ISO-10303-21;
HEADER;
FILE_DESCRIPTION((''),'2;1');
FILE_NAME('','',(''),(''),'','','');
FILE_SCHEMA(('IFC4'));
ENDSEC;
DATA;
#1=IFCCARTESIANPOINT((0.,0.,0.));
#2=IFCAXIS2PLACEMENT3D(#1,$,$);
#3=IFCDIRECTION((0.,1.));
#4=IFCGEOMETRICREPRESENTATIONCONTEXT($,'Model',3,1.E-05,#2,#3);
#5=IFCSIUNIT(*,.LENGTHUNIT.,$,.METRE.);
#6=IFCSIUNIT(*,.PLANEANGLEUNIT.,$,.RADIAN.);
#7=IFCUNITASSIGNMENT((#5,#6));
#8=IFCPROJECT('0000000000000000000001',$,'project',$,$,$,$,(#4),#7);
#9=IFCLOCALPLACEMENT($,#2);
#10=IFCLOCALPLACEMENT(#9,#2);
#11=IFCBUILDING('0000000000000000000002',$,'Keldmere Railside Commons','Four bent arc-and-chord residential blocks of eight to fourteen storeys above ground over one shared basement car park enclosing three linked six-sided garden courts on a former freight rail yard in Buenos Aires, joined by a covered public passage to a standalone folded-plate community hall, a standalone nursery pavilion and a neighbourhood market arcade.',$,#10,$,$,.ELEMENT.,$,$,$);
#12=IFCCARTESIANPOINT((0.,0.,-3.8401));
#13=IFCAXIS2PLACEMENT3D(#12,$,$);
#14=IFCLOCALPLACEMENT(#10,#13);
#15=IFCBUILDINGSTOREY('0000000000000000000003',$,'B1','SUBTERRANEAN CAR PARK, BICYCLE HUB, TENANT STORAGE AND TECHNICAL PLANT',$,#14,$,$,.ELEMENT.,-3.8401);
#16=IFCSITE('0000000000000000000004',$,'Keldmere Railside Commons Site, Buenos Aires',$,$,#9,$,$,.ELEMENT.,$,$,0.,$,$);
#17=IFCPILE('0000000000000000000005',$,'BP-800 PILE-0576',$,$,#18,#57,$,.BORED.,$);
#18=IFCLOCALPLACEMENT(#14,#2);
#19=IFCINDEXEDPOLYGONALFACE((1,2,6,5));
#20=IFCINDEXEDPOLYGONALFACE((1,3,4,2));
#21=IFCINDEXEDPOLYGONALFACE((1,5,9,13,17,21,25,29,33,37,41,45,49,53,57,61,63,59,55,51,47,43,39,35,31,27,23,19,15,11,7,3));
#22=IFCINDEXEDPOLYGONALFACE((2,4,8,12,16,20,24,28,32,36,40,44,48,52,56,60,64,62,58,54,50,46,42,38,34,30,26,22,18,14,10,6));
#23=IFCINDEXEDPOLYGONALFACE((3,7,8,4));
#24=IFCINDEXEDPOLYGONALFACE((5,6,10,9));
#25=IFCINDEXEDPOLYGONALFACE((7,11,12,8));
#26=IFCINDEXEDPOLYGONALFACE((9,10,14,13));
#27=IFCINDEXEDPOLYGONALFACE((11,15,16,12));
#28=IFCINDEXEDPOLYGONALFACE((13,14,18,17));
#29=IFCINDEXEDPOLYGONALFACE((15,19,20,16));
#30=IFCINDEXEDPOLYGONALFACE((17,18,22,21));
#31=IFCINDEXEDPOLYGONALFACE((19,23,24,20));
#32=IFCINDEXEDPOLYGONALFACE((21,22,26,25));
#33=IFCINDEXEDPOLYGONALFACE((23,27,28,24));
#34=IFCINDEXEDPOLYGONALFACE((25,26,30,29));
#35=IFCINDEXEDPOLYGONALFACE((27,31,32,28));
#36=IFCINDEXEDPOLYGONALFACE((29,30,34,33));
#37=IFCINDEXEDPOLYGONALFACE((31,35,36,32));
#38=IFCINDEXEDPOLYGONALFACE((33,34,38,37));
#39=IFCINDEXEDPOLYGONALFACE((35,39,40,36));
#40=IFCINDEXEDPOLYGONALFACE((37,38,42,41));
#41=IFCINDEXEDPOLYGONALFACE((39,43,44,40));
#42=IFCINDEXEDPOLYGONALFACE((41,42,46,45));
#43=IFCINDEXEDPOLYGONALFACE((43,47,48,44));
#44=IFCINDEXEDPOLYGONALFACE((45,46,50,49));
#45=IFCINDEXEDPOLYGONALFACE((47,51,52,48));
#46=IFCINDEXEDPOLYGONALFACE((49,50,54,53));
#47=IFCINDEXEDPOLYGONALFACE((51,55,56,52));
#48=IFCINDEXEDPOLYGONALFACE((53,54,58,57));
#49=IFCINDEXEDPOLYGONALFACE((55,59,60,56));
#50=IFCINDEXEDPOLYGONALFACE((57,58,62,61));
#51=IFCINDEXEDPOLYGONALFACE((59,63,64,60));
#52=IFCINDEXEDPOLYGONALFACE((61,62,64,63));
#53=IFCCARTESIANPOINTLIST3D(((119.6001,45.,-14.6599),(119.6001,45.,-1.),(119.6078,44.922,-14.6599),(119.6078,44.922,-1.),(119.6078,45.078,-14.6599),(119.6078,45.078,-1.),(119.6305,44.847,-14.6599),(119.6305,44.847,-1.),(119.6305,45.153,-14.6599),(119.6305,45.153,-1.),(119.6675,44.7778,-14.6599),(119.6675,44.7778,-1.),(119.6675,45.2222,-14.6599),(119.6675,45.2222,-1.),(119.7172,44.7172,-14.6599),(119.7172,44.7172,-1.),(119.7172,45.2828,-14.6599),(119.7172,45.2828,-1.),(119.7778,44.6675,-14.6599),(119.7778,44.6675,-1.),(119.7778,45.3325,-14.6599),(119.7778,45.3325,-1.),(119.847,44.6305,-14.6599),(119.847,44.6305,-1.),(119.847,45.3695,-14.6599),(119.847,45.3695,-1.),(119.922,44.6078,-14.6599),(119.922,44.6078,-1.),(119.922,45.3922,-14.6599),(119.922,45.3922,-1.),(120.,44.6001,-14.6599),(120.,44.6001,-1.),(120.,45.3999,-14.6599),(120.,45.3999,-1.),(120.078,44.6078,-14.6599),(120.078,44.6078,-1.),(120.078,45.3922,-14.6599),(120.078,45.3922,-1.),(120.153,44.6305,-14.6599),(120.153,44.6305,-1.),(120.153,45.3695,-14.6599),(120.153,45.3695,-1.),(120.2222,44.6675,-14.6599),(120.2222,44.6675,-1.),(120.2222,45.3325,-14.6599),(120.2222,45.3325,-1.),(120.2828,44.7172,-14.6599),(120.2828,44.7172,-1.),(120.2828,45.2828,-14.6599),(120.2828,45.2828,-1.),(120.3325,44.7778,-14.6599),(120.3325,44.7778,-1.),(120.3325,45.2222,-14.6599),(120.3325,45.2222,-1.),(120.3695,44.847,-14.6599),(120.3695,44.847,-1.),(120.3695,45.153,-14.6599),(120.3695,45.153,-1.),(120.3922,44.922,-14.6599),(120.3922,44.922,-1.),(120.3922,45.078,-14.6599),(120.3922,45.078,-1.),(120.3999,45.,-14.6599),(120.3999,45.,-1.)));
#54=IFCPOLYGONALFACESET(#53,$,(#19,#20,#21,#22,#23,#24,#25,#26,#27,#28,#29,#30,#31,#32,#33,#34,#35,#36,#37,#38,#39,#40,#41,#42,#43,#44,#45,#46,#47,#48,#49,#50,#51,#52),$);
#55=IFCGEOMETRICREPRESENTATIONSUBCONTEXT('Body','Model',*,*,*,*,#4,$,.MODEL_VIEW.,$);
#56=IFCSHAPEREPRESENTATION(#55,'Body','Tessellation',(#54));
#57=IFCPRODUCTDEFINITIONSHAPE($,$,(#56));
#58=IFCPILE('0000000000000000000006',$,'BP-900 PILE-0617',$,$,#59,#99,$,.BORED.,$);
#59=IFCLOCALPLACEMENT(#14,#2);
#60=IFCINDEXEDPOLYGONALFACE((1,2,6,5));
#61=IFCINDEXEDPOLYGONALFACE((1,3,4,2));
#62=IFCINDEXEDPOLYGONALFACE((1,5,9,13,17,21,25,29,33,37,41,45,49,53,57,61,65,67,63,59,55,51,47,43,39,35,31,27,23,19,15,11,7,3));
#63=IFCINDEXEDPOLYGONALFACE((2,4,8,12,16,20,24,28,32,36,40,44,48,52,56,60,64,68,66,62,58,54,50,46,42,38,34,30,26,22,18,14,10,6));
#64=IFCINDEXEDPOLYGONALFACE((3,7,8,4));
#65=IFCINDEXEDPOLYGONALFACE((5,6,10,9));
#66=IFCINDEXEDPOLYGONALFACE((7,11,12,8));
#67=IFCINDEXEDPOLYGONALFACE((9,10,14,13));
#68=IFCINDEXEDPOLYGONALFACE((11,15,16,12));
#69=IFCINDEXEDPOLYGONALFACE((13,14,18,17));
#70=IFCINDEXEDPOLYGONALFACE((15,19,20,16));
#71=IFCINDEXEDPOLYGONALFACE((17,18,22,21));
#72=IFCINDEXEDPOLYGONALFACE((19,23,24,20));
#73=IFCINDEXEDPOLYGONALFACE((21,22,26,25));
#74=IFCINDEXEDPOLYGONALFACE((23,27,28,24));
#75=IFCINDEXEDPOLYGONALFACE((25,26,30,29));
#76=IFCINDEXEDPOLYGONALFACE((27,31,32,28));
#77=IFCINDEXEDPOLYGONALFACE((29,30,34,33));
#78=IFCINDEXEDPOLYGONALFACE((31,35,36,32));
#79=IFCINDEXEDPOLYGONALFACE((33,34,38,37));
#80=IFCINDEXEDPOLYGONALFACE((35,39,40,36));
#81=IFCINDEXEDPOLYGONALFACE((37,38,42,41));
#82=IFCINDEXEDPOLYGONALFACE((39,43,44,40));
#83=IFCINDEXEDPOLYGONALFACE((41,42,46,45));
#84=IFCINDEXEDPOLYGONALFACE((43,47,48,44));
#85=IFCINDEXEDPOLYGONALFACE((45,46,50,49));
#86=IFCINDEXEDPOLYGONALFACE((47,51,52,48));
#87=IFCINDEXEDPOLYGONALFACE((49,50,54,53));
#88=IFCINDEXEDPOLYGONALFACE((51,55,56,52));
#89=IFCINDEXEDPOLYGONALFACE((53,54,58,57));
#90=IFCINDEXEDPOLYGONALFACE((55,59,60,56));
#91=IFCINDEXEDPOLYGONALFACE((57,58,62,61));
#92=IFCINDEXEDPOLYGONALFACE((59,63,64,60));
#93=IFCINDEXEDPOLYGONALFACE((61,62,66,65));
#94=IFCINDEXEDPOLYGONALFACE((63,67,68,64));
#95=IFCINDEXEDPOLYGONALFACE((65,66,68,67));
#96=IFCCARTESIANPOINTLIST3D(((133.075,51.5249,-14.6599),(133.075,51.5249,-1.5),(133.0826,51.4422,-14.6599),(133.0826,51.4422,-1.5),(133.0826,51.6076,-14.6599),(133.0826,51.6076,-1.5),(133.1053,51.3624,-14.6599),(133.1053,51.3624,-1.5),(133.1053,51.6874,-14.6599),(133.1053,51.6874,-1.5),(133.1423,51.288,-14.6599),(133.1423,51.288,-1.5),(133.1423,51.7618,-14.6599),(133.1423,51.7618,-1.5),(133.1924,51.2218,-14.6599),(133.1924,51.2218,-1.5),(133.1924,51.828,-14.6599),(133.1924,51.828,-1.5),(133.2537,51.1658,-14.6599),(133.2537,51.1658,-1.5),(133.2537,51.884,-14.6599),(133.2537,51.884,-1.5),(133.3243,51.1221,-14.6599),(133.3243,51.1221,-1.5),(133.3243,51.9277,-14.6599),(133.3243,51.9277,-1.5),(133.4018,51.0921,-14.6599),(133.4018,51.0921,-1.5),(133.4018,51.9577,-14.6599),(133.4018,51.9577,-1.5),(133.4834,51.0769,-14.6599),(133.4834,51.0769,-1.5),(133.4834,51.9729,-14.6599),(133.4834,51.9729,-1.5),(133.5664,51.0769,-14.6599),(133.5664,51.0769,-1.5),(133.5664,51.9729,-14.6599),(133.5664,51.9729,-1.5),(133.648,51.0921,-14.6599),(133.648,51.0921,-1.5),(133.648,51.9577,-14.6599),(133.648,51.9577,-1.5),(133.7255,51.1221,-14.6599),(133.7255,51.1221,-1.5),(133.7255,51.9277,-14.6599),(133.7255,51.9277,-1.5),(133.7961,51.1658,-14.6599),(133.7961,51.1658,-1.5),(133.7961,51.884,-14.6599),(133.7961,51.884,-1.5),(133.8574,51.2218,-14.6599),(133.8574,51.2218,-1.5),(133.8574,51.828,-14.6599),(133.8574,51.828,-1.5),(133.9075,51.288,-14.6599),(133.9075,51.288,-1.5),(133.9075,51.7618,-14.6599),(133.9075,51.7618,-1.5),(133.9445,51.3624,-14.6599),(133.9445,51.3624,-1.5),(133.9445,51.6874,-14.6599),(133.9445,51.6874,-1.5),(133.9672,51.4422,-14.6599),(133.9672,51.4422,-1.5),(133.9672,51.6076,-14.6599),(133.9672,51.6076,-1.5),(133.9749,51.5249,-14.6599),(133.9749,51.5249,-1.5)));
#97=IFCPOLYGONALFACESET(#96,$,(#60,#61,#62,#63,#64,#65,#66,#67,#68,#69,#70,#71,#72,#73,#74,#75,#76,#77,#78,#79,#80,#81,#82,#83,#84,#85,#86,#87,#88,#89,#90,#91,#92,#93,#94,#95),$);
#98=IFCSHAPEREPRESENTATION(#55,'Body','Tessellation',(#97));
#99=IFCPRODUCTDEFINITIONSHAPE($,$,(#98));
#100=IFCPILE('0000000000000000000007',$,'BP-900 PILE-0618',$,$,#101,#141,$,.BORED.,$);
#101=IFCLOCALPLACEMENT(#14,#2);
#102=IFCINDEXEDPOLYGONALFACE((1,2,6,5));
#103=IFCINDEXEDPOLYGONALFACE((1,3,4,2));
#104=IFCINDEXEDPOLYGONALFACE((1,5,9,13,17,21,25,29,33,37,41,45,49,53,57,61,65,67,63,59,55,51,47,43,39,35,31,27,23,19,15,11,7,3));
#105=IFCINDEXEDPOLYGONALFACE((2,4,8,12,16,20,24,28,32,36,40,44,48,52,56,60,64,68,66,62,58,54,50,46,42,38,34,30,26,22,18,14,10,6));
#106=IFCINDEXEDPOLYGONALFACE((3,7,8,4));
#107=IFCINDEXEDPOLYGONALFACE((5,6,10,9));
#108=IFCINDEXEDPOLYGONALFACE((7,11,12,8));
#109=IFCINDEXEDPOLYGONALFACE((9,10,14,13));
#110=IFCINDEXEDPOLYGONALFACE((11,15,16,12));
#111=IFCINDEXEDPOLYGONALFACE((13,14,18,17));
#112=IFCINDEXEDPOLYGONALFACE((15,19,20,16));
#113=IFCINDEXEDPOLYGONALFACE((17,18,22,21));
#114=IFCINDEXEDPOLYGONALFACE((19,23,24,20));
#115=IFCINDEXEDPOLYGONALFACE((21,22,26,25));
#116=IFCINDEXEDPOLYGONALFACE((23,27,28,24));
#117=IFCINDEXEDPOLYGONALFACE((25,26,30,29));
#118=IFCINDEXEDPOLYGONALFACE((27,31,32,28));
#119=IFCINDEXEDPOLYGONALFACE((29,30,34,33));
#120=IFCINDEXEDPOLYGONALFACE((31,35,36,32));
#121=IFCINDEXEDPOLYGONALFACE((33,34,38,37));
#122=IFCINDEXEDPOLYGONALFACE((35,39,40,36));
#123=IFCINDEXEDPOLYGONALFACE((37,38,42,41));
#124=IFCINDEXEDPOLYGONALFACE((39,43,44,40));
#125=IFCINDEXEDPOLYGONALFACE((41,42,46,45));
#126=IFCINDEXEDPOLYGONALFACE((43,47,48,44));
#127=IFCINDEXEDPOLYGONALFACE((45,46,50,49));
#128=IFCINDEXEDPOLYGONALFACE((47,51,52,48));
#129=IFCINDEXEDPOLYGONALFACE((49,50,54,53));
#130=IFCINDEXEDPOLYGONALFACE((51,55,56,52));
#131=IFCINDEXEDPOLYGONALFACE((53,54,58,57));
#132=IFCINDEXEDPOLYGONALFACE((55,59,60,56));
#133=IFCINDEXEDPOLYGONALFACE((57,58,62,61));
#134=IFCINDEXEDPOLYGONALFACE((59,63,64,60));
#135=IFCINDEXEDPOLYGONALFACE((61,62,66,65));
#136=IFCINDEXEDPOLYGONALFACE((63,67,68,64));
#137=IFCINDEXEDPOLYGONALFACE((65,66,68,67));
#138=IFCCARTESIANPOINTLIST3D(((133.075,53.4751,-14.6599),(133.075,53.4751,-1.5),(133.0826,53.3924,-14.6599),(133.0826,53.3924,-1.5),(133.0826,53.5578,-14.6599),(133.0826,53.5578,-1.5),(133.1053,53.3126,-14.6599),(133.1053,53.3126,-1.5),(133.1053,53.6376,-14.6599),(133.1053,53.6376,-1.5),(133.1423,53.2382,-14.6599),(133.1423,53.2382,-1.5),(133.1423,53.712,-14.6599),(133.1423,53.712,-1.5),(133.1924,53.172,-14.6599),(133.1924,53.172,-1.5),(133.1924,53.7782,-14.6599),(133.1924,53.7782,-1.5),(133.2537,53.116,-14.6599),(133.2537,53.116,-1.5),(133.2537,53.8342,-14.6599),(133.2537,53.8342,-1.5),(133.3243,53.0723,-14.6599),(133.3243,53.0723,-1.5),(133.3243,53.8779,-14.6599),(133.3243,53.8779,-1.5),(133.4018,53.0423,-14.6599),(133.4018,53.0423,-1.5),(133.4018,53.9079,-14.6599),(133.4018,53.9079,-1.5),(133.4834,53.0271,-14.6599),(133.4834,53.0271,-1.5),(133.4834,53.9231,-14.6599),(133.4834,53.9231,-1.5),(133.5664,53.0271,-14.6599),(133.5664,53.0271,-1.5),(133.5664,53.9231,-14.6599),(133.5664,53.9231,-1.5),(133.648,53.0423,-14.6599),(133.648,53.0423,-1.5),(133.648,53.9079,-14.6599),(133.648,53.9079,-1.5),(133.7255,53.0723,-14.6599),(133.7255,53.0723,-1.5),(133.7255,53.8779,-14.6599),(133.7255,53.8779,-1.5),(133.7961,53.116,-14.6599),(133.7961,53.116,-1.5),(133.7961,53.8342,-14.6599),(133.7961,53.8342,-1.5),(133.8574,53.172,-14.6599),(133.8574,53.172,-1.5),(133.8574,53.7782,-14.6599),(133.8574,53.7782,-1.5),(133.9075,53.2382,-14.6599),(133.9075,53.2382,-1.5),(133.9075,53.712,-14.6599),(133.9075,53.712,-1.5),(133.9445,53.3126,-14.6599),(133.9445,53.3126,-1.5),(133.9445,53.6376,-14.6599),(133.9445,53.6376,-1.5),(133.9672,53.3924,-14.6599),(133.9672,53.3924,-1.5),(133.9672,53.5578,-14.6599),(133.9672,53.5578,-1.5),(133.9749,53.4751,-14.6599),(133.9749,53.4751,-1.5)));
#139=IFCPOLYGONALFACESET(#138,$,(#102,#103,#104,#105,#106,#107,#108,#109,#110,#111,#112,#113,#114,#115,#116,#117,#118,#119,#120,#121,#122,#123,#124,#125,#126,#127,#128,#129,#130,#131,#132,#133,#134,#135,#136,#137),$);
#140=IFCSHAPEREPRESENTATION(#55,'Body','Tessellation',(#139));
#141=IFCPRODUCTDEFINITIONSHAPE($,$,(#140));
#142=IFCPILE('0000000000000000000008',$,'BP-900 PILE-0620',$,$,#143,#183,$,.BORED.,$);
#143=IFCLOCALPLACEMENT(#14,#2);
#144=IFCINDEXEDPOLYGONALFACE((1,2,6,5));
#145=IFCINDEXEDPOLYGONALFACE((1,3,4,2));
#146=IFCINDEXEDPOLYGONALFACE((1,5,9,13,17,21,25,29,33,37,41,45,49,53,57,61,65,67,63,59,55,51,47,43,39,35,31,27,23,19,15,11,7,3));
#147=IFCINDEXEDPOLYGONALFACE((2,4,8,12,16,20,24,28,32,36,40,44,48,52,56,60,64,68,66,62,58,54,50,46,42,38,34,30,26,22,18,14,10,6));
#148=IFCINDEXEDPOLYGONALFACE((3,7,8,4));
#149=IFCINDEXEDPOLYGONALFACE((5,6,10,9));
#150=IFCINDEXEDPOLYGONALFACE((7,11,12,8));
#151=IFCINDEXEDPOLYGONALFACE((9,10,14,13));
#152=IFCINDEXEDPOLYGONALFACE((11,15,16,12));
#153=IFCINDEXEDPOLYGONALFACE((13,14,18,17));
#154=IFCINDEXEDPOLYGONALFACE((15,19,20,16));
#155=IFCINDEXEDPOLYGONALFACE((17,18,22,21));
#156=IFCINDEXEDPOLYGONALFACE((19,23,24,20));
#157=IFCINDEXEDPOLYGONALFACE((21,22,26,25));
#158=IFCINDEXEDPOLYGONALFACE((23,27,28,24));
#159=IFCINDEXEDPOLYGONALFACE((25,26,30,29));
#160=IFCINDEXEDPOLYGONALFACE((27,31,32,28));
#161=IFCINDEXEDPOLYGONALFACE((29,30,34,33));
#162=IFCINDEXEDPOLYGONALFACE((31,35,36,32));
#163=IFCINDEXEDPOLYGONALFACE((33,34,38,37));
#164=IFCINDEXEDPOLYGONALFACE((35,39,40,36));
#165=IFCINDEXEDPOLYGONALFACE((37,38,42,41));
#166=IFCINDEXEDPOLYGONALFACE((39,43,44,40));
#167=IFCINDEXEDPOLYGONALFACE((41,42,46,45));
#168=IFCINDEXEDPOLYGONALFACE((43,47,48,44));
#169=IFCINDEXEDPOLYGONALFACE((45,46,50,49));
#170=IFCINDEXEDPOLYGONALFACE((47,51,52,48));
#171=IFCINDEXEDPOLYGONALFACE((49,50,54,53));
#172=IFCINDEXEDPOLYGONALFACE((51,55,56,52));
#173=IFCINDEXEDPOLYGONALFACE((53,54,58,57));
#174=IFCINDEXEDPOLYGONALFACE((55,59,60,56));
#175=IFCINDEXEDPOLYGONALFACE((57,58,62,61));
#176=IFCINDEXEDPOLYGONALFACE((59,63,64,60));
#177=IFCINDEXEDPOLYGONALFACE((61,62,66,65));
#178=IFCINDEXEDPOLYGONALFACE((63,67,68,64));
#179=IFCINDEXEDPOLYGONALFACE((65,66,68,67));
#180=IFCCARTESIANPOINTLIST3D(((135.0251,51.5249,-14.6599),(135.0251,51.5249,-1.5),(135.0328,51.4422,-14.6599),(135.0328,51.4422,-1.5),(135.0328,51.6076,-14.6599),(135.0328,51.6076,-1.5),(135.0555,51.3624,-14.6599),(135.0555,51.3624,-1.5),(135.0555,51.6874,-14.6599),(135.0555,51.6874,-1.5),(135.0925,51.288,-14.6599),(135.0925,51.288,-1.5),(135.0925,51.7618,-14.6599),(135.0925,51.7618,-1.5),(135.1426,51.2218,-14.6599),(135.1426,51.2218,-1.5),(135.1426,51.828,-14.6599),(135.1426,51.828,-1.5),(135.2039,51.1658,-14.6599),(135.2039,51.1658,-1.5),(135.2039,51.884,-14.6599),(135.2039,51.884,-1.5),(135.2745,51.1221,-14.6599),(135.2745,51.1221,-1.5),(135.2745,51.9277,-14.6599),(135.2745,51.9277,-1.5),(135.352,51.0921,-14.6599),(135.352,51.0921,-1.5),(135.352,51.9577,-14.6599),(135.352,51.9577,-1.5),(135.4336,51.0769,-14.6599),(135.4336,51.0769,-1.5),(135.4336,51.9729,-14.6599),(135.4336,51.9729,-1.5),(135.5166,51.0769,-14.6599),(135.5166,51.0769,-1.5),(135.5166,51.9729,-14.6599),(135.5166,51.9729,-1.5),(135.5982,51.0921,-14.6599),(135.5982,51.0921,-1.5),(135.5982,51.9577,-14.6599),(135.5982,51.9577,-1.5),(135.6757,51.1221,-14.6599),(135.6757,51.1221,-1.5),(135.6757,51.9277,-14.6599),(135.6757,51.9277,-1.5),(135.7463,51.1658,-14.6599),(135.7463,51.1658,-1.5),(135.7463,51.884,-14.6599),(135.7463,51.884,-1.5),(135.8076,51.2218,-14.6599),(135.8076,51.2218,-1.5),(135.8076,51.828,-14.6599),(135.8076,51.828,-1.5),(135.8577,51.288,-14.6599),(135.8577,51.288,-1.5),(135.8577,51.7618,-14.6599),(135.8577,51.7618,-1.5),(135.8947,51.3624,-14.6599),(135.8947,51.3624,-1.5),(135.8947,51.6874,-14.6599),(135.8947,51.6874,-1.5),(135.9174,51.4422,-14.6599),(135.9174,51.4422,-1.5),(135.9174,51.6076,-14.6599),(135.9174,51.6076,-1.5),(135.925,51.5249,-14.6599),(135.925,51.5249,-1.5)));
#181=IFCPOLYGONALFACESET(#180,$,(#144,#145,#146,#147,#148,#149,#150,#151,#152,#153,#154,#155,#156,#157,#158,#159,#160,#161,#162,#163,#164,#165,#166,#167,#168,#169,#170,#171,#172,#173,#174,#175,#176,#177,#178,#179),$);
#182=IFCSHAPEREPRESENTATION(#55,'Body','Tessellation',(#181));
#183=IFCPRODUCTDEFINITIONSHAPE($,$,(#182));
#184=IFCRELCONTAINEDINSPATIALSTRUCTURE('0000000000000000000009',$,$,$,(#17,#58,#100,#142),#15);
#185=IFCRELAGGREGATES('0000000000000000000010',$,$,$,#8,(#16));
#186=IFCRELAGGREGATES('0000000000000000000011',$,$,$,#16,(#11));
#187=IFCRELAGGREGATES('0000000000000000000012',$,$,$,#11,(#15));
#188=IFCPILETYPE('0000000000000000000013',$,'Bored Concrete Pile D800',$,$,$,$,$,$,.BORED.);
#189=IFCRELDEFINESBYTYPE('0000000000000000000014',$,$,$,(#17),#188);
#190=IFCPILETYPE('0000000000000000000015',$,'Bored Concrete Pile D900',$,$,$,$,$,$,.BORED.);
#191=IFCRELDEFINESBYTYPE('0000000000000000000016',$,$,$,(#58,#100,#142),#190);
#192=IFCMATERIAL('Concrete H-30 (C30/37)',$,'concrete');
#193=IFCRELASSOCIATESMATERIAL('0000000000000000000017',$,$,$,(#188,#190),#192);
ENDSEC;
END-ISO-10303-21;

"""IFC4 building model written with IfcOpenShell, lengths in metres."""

from ifc_helpers import new_model, si_unit, direction, frame, origin, origin_2d, place, context, subcontext, project, spatial, circle, extrude, material, material_profile, profile_set, type_object, element, save


model = new_model("IFC4")

# Units and contexts
model_context = context("Model", 3, precision=1e-05, world=origin(), true_north=direction((0.0, 1.0)))
body_context = subcontext(model_context, "Body", "Model", "MODEL_VIEW")
ifc_project = project(units=[si_unit("LENGTHUNIT", "METRE"), si_unit("PLANEANGLEUNIT", "RADIAN")], contexts=[model_context])

# Site, building, storey
site_placement = place(None, origin())
site = spatial("IfcSite", under=ifc_project, at=site_placement, Name="Keldmere Railside Commons Site, Buenos Aires", CompositionType="ELEMENT", RefElevation=0.0)
building_placement = place(site_placement, origin())
building = spatial("IfcBuilding", under=site, at=building_placement, Name="Keldmere Railside Commons", Description="Four bent arc-and-chord residential blocks of eight to fourteen storeys above ground over one shared basement car park enclosing three linked six-sided garden courts on a former freight rail yard in Buenos Aires, joined by a covered public passage to a standalone folded-plate community hall, a standalone nursery pavilion and a neighbourhood market arcade.", CompositionType="ELEMENT")
storey_placement = place(building_placement, frame((0.0, 0.0, -3.8401)))
storey = spatial("IfcBuildingStorey", under=building, at=storey_placement, Name="B1", Description="SUBTERRANEAN CAR PARK, BICYCLE HUB, TENANT STORAGE AND TECHNICAL PLANT", CompositionType="ELEMENT", Elevation=-3.8401)

# Piles
ifc_material_1 = material(Name="Concrete H-30 (C30/37)", Category="concrete")
ifc_material_profile_1 = material_profile(ifc_material_1, circle(Radius=0.3999, at=origin_2d()), Name="PILE-D800")
ifc_profile_set_1 = profile_set([ifc_material_profile_1], Name="Concrete H-30 (C30/37)")
pile_type_1 = type_object("IfcPileType", Name="Bored Concrete Pile D800", PredefinedType="BORED", material=ifc_profile_set_1)
pile_placement = place(storey_placement, frame((120.0, 45.0, -1.0), z_axis=(0.0, 0.0, -1.0), x_axis=(1.0, 0.0, 0.0)))
element("IfcPile", 1, at=pile_placement, inside=storey, type_object=pile_type_1, Name="BP-800 PILE-0576", PredefinedType="BORED", context=body_context, shape_type="SweptSolid", body=[
    extrude(circle(Radius=0.3999, at=origin_2d()), origin(), (0.0, 0.0, 1.0), 13.6599),
])
ifc_material_profile_2 = material_profile(ifc_material_1, circle(Radius=0.45, at=origin_2d()), Name="PILE-D900")
ifc_profile_set_2 = profile_set([ifc_material_profile_2], Name="Concrete H-30 (C30/37)")
pile_type_2 = type_object("IfcPileType", Name="Bored Concrete Pile D900", PredefinedType="BORED", material=ifc_profile_set_2)
for number, where, z_axis, x_axis, name in (
    (2, (133.5249, 51.5249, -1.5), (0.0, 0.0, -1.0), (1.0, 0.0, 0.0), "BP-900 PILE-0617"),
    (3, (133.5249, 53.4751, -1.5), (0.0, 0.0, -1.0), (1.0, 0.0, 0.0), "BP-900 PILE-0618"),
    (4, (135.4751, 51.5249, -1.5), (0.0, 0.0, -1.0), (1.0, 0.0, 0.0), "BP-900 PILE-0620"),
):
    element("IfcPile", number, at=place(storey_placement, frame(where, z_axis=z_axis, x_axis=x_axis)), inside=storey, type_object=pile_type_2, Name=name, PredefinedType="BORED", context=body_context, shape_type="SweptSolid", body=[
        extrude(circle(Radius=0.45, at=origin_2d()), origin(), (0.0, 0.0, 1.0), 13.1599),
    ])

save(model, "model.ifc")
